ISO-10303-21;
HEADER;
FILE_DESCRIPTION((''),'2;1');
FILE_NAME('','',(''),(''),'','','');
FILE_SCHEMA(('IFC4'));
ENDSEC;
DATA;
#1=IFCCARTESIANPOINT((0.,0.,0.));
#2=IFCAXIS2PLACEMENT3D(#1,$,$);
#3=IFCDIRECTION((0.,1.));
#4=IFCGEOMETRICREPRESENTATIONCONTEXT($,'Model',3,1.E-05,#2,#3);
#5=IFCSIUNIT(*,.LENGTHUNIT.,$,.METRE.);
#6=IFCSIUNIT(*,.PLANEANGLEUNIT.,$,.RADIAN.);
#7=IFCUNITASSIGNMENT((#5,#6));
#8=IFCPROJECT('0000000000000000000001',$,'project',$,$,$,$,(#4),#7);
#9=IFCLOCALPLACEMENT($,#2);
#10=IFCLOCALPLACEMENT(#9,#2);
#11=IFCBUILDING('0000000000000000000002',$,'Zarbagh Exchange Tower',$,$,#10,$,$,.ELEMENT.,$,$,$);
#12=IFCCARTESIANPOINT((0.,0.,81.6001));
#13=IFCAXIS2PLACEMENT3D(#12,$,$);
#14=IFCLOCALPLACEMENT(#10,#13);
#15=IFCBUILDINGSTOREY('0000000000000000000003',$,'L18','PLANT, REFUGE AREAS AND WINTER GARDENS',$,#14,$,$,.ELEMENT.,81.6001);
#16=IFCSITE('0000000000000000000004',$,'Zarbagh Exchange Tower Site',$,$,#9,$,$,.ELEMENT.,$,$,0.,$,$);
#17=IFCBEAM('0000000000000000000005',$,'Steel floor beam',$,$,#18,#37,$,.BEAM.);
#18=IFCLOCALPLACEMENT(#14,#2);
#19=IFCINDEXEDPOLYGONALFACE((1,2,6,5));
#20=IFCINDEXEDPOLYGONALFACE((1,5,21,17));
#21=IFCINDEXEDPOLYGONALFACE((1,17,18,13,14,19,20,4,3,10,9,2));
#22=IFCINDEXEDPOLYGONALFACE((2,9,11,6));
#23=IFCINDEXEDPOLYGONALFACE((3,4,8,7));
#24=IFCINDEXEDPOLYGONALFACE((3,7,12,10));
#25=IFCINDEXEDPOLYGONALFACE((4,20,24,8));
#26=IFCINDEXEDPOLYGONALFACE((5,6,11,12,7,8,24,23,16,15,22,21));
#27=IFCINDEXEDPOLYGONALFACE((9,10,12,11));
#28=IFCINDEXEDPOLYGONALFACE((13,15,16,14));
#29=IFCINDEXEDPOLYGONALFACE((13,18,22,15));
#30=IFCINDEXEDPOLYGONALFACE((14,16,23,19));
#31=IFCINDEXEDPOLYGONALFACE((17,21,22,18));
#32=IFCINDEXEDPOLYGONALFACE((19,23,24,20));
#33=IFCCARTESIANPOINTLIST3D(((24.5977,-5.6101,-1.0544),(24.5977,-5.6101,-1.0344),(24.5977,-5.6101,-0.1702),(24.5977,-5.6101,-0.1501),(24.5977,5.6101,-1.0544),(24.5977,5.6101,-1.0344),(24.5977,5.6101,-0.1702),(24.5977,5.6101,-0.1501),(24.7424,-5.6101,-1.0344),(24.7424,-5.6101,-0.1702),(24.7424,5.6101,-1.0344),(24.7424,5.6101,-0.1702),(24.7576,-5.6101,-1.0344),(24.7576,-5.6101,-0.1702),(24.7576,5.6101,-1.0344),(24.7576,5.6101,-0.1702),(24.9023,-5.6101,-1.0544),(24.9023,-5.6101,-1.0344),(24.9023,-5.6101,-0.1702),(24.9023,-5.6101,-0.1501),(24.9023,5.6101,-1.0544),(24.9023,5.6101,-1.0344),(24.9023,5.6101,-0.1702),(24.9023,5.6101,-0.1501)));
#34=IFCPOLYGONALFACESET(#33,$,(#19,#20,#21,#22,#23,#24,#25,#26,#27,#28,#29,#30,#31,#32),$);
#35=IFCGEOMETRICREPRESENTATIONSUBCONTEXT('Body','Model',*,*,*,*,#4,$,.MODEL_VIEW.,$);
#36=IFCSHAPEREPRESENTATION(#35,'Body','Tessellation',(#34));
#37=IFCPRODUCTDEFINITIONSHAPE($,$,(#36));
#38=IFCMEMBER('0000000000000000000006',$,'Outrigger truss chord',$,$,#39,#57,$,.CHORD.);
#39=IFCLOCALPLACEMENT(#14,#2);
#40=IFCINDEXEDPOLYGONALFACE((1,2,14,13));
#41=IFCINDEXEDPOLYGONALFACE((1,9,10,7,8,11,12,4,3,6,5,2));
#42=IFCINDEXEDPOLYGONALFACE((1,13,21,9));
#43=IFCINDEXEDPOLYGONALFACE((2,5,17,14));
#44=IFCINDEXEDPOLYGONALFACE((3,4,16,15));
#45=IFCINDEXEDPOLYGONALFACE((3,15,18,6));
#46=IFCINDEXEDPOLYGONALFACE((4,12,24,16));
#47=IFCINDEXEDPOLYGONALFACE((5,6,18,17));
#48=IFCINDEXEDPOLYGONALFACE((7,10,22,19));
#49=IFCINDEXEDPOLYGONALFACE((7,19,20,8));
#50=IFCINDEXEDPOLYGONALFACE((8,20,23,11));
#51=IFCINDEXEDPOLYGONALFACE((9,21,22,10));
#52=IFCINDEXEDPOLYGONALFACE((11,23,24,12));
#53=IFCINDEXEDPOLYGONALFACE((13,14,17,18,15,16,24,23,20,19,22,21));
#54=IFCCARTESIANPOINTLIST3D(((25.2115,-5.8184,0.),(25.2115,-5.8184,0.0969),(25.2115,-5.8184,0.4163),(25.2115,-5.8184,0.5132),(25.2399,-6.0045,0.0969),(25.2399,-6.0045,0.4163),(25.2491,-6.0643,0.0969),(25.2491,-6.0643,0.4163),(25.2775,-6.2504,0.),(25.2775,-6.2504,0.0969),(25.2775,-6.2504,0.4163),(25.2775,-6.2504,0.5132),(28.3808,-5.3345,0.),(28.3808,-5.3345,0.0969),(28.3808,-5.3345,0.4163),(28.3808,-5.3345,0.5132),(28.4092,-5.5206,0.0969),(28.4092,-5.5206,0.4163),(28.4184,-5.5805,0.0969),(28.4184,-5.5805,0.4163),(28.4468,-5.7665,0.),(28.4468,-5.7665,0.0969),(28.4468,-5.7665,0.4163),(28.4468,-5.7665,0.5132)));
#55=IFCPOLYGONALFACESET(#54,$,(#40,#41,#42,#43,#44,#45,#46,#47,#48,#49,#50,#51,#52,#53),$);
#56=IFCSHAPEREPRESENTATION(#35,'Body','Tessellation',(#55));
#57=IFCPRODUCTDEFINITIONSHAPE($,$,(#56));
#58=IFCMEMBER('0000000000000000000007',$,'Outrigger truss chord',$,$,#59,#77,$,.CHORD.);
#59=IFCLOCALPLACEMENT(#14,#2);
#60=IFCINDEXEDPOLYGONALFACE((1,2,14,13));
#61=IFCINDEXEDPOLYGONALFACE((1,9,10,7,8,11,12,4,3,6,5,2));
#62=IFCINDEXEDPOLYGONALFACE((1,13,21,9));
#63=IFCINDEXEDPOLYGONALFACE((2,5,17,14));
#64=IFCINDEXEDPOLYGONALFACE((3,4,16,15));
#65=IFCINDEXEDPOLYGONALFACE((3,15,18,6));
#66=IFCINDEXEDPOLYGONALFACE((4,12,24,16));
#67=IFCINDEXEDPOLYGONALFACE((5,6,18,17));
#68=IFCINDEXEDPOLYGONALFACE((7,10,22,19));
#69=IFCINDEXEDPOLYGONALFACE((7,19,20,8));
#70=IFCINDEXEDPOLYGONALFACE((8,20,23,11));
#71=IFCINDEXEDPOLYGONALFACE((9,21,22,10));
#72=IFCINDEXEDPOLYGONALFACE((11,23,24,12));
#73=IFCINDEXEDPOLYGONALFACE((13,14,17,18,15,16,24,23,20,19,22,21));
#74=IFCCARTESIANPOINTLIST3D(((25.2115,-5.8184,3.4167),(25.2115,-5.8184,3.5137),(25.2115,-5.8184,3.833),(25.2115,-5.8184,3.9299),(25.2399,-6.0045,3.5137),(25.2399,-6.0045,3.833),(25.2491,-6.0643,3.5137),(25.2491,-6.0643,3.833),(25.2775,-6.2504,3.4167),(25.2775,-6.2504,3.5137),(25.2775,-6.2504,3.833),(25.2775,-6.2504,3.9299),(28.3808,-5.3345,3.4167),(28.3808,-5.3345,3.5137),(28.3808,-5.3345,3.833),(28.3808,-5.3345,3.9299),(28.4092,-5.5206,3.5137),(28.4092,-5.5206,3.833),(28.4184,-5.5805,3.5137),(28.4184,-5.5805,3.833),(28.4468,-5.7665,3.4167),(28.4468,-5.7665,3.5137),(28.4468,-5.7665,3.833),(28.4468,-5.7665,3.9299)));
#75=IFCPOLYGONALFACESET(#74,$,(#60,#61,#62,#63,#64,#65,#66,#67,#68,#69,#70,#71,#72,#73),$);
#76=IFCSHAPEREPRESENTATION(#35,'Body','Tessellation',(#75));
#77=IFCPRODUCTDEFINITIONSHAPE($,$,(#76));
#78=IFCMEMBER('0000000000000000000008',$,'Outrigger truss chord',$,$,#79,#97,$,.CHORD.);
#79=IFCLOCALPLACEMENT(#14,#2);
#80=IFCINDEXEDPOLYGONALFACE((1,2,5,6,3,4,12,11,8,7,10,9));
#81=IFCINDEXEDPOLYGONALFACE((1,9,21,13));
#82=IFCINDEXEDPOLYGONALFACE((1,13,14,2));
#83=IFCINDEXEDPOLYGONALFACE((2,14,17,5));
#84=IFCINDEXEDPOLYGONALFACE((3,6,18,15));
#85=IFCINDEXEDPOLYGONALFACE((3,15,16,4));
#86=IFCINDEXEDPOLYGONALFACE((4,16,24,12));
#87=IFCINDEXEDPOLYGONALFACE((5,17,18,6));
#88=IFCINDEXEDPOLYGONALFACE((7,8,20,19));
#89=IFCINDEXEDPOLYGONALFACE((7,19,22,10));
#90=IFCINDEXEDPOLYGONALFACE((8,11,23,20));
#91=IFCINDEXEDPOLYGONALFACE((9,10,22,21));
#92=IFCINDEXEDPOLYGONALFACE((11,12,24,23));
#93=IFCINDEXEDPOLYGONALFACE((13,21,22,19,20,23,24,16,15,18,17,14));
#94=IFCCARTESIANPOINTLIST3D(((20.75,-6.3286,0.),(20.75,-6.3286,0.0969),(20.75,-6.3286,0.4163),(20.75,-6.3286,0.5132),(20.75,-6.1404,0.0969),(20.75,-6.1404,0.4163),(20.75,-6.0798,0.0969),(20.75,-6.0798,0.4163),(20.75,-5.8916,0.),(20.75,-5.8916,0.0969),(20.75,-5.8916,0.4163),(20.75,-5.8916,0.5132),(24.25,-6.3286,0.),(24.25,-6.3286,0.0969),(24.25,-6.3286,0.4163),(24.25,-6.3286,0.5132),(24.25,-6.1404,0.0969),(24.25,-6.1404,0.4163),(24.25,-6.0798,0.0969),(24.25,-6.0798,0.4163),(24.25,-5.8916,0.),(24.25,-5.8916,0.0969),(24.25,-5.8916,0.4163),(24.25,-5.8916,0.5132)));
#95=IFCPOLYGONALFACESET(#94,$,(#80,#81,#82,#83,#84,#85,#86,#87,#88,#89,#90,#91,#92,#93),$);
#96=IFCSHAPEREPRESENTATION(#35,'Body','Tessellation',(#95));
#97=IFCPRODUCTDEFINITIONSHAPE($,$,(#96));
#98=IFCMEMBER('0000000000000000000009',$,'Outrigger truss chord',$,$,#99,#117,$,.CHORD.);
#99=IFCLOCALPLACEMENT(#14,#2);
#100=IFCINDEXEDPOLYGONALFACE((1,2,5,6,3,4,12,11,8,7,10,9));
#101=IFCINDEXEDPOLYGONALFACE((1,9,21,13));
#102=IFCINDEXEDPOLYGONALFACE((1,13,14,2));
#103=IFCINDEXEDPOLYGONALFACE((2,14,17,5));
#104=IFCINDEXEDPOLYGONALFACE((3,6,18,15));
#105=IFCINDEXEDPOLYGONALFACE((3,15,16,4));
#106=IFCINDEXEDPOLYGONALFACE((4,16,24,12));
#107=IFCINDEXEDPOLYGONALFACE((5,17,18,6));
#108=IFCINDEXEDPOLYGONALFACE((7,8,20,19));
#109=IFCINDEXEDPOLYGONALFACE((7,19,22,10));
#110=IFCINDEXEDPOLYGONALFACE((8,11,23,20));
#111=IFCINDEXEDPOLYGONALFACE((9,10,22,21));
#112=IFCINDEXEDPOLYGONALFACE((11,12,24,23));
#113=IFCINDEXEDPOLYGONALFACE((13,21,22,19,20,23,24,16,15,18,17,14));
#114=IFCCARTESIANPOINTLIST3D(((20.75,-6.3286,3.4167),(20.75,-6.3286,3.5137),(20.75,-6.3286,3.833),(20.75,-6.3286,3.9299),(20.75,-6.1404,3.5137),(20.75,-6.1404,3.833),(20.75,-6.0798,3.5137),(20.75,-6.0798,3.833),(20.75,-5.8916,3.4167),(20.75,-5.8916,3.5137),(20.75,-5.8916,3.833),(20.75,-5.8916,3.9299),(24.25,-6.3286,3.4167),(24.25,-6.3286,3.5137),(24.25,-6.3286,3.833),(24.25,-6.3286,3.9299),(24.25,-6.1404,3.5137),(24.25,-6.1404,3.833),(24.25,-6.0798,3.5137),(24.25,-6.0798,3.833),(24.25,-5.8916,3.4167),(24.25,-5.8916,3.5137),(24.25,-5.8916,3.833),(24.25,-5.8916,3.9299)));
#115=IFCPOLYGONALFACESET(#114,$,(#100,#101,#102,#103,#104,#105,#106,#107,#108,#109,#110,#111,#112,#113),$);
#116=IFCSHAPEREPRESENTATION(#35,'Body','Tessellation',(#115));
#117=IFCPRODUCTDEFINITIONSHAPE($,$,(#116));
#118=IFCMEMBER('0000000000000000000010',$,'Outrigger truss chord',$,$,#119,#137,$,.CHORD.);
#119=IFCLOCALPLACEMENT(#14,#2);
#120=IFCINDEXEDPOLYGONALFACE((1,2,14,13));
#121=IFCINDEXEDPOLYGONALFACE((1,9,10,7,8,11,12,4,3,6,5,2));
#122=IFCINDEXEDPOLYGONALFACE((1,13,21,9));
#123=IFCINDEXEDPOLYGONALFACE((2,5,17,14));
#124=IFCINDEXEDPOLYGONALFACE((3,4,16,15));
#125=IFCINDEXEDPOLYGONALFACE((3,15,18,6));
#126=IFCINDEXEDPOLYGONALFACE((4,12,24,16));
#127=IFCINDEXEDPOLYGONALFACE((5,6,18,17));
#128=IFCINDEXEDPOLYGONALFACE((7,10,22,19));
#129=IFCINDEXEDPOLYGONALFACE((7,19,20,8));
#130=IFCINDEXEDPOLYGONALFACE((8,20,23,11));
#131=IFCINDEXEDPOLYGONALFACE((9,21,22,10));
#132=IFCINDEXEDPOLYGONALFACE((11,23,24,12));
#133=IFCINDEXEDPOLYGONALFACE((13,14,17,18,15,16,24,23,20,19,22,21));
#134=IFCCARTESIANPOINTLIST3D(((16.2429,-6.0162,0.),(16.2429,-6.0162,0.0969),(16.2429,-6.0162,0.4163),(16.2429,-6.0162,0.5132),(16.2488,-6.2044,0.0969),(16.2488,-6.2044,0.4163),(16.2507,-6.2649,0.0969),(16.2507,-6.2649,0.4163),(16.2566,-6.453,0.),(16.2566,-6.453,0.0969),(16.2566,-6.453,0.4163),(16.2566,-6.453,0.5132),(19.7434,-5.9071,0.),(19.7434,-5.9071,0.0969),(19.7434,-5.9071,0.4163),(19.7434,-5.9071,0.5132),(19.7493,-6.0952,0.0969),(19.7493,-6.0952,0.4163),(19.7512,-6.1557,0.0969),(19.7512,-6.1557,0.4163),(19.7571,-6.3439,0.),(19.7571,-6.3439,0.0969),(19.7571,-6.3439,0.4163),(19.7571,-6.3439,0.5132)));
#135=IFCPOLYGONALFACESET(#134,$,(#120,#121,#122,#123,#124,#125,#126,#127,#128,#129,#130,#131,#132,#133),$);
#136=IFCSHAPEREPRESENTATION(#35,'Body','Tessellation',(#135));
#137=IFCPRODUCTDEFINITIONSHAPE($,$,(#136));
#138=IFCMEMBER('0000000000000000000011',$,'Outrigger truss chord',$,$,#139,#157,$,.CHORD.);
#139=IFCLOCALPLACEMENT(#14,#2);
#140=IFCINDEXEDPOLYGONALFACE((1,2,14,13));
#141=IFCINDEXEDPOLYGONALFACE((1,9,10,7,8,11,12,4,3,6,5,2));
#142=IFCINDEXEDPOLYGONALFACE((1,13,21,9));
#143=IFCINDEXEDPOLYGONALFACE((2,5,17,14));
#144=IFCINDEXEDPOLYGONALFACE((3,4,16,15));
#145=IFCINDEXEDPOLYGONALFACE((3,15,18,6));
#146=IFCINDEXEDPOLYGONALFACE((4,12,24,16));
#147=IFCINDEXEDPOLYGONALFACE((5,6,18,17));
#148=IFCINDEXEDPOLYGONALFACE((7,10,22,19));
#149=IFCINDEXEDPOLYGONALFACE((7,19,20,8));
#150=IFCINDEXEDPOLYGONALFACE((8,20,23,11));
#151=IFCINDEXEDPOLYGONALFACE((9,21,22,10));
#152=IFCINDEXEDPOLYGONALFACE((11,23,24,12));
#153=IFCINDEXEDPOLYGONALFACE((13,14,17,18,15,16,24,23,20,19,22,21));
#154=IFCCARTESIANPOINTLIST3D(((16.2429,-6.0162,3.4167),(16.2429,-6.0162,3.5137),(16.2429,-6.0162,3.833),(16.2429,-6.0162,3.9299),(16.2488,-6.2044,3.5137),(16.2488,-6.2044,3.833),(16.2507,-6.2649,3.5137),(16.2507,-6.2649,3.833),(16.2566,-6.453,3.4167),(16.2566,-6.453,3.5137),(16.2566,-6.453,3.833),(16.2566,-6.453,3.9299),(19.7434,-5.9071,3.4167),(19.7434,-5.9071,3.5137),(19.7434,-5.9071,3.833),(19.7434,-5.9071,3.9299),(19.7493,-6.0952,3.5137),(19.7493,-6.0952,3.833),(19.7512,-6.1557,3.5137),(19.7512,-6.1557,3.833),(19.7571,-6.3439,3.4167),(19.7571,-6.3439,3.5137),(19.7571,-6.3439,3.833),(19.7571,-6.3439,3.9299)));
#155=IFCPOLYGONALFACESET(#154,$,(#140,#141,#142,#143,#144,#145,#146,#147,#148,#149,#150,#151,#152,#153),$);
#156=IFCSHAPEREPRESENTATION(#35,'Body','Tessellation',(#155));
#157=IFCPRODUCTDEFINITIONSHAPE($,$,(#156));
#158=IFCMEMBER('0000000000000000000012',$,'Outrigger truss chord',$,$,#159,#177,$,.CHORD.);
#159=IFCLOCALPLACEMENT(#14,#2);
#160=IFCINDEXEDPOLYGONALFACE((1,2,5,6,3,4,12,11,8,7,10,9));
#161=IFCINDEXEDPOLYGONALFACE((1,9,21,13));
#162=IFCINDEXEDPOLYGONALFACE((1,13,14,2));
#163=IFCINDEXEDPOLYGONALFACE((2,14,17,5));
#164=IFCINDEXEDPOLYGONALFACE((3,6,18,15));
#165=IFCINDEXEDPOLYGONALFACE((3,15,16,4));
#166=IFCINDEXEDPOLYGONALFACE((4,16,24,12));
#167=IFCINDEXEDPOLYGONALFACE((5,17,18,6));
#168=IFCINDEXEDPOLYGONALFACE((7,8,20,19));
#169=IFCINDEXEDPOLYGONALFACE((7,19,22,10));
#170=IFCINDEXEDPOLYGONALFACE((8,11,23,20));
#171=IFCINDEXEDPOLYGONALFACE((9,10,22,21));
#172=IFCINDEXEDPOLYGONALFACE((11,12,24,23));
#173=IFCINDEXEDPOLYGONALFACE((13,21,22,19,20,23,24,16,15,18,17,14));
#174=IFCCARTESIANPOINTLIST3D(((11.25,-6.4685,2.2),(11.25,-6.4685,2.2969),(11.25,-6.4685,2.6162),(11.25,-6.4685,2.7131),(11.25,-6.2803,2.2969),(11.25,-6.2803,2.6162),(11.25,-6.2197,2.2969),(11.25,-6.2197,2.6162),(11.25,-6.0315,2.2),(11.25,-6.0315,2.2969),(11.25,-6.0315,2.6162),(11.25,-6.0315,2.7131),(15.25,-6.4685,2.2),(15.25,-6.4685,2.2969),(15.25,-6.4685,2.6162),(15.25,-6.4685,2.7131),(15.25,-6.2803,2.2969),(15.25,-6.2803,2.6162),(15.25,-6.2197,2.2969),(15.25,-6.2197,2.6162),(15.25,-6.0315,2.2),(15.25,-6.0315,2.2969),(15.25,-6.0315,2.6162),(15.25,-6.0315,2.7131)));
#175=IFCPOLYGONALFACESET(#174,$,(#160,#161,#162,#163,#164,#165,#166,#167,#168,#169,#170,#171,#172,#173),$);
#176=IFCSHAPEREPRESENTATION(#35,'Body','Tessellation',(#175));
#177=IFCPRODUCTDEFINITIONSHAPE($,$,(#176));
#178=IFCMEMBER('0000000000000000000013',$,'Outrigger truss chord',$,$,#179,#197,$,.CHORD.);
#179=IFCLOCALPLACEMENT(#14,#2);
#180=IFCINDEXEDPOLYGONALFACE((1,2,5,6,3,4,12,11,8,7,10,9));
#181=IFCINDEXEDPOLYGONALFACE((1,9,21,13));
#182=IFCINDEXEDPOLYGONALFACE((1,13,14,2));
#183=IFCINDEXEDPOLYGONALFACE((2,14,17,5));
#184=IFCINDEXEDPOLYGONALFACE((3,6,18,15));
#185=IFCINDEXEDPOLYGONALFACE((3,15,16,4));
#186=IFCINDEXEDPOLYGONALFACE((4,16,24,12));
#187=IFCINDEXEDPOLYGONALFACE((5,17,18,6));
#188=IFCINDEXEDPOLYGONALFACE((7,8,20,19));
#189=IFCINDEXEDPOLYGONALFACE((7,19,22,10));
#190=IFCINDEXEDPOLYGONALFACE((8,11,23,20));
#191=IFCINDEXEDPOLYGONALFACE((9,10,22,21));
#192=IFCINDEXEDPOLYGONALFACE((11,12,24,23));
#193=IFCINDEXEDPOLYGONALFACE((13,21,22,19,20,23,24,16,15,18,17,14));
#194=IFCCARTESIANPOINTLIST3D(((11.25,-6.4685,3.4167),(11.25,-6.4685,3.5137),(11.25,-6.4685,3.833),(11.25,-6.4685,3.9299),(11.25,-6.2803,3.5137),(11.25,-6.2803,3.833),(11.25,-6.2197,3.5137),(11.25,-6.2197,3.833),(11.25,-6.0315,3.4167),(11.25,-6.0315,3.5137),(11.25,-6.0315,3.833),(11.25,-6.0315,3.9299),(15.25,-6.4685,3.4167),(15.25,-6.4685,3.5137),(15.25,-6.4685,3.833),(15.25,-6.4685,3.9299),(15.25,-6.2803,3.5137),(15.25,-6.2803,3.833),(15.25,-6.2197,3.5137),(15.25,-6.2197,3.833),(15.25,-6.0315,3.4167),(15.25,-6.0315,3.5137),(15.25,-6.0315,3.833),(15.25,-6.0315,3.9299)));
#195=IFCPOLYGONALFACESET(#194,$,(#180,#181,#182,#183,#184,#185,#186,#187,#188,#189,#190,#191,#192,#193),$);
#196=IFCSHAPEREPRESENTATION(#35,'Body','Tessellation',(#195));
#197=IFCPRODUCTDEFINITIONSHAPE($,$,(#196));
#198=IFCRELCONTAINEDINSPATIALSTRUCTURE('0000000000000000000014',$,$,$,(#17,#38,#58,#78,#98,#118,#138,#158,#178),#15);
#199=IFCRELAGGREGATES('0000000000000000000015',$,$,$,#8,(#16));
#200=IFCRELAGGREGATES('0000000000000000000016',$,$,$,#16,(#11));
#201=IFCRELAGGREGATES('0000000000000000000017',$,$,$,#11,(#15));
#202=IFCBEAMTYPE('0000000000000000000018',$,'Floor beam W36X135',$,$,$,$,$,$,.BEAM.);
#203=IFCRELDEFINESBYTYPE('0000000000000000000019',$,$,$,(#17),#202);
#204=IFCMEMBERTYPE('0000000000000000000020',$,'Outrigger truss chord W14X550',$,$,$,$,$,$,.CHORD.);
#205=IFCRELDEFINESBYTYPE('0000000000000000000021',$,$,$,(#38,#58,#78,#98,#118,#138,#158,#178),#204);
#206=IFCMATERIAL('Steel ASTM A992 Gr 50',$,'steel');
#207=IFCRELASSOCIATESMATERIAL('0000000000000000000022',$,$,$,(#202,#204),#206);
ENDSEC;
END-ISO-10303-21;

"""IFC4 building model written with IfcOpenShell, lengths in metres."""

from ifc_helpers import new_model, si_unit, direction, frame, origin, origin_2d, place, context, subcontext, project, spatial, i_section, extrude, material, material_profile, profile_set, type_object, element, save


model = new_model("IFC4")

# Units and contexts
model_context = context("Model", 3, precision=1e-05, world=origin(), true_north=direction((0.0, 1.0)))
body_context = subcontext(model_context, "Body", "Model", "MODEL_VIEW")
ifc_project = project(units=[si_unit("LENGTHUNIT", "METRE"), si_unit("PLANEANGLEUNIT", "RADIAN")], contexts=[model_context])

# Site, building, storey
site_placement = place(None, origin())
site = spatial("IfcSite", under=ifc_project, at=site_placement, Name="Zarbagh Exchange Tower Site", CompositionType="ELEMENT", RefElevation=0.0)
building_placement = place(site_placement, origin())
building = spatial("IfcBuilding", under=site, at=building_placement, Name="Zarbagh Exchange Tower", CompositionType="ELEMENT")
storey_placement = place(building_placement, frame((0.0, 0.0, 81.6001)))
storey = spatial("IfcBuildingStorey", under=building, at=storey_placement, Name="L18", Description="PLANT, REFUGE AREAS AND WINTER GARDENS", CompositionType="ELEMENT", Elevation=81.6001)

# Shared definitions
ifc_material_1 = material(Name="Steel ASTM A992 Gr 50", Category="steel")

# Beam
ifc_material_profile_1 = material_profile(ifc_material_1, i_section(OverallWidth=0.3047, OverallDepth=0.9043, WebThickness=0.0151, FlangeThickness=0.02, at=origin_2d()), Name="W36X135")
ifc_profile_set_1 = profile_set([ifc_material_profile_1], Name="Steel ASTM A992 Gr 50")
beam_type_1 = type_object("IfcBeamType", Name="Floor beam W36X135", PredefinedType="BEAM", material=ifc_profile_set_1)
for number, where, z_axis, x_axis, name in (
    (1, (24.75, -5.6101, -0.6023), (0.0, 1.0, 0.0), (-1.0, 0.0, 0.0), "Steel floor beam"),
):
    element("IfcBeam", number, at=place(storey_placement, frame(where, z_axis=z_axis, x_axis=x_axis)), inside=storey, type_object=beam_type_1, Name=name, PredefinedType="BEAM", context=body_context, shape_type="SweptSolid", body=[
        extrude(i_section(OverallWidth=0.3047, OverallDepth=0.9043, WebThickness=0.0151, FlangeThickness=0.02, at=origin_2d()), origin(), (0.0, 0.0, 1.0), 11.2202),
    ])

# Members
ifc_material_profile_2 = material_profile(ifc_material_1, i_section(OverallWidth=0.437, OverallDepth=0.5132, WebThickness=0.0605, FlangeThickness=0.0969, at=origin_2d()), Name="W14X550")
ifc_profile_set_2 = profile_set([ifc_material_profile_2], Name="Steel ASTM A992 Gr 50")
member_type_1 = type_object("IfcMemberType", Name="Outrigger truss chord W14X550", PredefinedType="CHORD", material=ifc_profile_set_2)
for number, where, z_axis, x_axis, name in (
    (2, (28.4138, -5.5505, 0.2566), (-0.988545, -0.150924, 0.0), (0.150924, -0.988545, 0.0), "Outrigger truss chord"),
    (3, (28.4138, -5.5505, 3.6733), (-0.988545, -0.150924, 0.0), (0.150924, -0.988545, 0.0), "Outrigger truss chord"),
):
    element("IfcMember", number, at=place(storey_placement, frame(where, z_axis=z_axis, x_axis=x_axis)), inside=storey, type_object=member_type_1, Name=name, PredefinedType="CHORD", context=body_context, shape_type="SweptSolid", body=[
        extrude(i_section(OverallWidth=0.437, OverallDepth=0.5132, WebThickness=0.0605, FlangeThickness=0.0969, at=origin_2d()), origin(), (0.0, 0.0, 1.0), 3.2061),
    ])
for number, where, z_axis, x_axis, name in (
    (4, (24.25, -6.1101, 0.2566), (-1.0, 0.0, 0.0), (0.0, -1.0, 0.0), "Outrigger truss chord"),
    (5, (24.25, -6.1101, 3.6733), (-1.0, 0.0, 0.0), (0.0, -1.0, 0.0), "Outrigger truss chord"),
):
    element("IfcMember", number, at=place(storey_placement, frame(where, z_axis=z_axis, x_axis=x_axis)), inside=storey, type_object=member_type_1, Name=name, PredefinedType="CHORD", context=body_context, shape_type="SweptSolid", body=[
        extrude(i_section(OverallWidth=0.437, OverallDepth=0.5132, WebThickness=0.0605, FlangeThickness=0.0969, at=origin_2d()), origin(), (0.0, 0.0, 1.0), 3.5),
    ])
for number, where, z_axis, x_axis, name in (
    (6, (19.7502, -6.1255, 0.2566), (-0.999514, -0.031161, 0.0), (0.031161, -0.999514, 0.0), "Outrigger truss chord"),
    (7, (19.7502, -6.1255, 3.6733), (-0.999514, -0.031161, 0.0), (0.031161, -0.999514, 0.0), "Outrigger truss chord"),
):
    element("IfcMember", number, at=place(storey_placement, frame(where, z_axis=z_axis, x_axis=x_axis)), inside=storey, type_object=member_type_1, Name=name, PredefinedType="CHORD", context=body_context, shape_type="SweptSolid", body=[
        extrude(i_section(OverallWidth=0.437, OverallDepth=0.5132, WebThickness=0.0605, FlangeThickness=0.0969, at=origin_2d()), origin(), (0.0, 0.0, 1.0), 3.5022),
    ])
for number, where, z_axis, x_axis, name in (
    (8, (15.25, -6.25, 2.4565), (-1.0, 0.0, 0.0), (0.0, -1.0, 0.0), "Outrigger truss chord"),
    (9, (15.25, -6.25, 3.6733), (-1.0, 0.0, 0.0), (0.0, -1.0, 0.0), "Outrigger truss chord"),
):
    element("IfcMember", number, at=place(storey_placement, frame(where, z_axis=z_axis, x_axis=x_axis)), inside=storey, type_object=member_type_1, Name=name, PredefinedType="CHORD", context=body_context, shape_type="SweptSolid", body=[
        extrude(i_section(OverallWidth=0.437, OverallDepth=0.5132, WebThickness=0.0605, FlangeThickness=0.0969, at=origin_2d()), origin(), (0.0, 0.0, 1.0), 4.0),
    ])

save(model, "model.ifc")
